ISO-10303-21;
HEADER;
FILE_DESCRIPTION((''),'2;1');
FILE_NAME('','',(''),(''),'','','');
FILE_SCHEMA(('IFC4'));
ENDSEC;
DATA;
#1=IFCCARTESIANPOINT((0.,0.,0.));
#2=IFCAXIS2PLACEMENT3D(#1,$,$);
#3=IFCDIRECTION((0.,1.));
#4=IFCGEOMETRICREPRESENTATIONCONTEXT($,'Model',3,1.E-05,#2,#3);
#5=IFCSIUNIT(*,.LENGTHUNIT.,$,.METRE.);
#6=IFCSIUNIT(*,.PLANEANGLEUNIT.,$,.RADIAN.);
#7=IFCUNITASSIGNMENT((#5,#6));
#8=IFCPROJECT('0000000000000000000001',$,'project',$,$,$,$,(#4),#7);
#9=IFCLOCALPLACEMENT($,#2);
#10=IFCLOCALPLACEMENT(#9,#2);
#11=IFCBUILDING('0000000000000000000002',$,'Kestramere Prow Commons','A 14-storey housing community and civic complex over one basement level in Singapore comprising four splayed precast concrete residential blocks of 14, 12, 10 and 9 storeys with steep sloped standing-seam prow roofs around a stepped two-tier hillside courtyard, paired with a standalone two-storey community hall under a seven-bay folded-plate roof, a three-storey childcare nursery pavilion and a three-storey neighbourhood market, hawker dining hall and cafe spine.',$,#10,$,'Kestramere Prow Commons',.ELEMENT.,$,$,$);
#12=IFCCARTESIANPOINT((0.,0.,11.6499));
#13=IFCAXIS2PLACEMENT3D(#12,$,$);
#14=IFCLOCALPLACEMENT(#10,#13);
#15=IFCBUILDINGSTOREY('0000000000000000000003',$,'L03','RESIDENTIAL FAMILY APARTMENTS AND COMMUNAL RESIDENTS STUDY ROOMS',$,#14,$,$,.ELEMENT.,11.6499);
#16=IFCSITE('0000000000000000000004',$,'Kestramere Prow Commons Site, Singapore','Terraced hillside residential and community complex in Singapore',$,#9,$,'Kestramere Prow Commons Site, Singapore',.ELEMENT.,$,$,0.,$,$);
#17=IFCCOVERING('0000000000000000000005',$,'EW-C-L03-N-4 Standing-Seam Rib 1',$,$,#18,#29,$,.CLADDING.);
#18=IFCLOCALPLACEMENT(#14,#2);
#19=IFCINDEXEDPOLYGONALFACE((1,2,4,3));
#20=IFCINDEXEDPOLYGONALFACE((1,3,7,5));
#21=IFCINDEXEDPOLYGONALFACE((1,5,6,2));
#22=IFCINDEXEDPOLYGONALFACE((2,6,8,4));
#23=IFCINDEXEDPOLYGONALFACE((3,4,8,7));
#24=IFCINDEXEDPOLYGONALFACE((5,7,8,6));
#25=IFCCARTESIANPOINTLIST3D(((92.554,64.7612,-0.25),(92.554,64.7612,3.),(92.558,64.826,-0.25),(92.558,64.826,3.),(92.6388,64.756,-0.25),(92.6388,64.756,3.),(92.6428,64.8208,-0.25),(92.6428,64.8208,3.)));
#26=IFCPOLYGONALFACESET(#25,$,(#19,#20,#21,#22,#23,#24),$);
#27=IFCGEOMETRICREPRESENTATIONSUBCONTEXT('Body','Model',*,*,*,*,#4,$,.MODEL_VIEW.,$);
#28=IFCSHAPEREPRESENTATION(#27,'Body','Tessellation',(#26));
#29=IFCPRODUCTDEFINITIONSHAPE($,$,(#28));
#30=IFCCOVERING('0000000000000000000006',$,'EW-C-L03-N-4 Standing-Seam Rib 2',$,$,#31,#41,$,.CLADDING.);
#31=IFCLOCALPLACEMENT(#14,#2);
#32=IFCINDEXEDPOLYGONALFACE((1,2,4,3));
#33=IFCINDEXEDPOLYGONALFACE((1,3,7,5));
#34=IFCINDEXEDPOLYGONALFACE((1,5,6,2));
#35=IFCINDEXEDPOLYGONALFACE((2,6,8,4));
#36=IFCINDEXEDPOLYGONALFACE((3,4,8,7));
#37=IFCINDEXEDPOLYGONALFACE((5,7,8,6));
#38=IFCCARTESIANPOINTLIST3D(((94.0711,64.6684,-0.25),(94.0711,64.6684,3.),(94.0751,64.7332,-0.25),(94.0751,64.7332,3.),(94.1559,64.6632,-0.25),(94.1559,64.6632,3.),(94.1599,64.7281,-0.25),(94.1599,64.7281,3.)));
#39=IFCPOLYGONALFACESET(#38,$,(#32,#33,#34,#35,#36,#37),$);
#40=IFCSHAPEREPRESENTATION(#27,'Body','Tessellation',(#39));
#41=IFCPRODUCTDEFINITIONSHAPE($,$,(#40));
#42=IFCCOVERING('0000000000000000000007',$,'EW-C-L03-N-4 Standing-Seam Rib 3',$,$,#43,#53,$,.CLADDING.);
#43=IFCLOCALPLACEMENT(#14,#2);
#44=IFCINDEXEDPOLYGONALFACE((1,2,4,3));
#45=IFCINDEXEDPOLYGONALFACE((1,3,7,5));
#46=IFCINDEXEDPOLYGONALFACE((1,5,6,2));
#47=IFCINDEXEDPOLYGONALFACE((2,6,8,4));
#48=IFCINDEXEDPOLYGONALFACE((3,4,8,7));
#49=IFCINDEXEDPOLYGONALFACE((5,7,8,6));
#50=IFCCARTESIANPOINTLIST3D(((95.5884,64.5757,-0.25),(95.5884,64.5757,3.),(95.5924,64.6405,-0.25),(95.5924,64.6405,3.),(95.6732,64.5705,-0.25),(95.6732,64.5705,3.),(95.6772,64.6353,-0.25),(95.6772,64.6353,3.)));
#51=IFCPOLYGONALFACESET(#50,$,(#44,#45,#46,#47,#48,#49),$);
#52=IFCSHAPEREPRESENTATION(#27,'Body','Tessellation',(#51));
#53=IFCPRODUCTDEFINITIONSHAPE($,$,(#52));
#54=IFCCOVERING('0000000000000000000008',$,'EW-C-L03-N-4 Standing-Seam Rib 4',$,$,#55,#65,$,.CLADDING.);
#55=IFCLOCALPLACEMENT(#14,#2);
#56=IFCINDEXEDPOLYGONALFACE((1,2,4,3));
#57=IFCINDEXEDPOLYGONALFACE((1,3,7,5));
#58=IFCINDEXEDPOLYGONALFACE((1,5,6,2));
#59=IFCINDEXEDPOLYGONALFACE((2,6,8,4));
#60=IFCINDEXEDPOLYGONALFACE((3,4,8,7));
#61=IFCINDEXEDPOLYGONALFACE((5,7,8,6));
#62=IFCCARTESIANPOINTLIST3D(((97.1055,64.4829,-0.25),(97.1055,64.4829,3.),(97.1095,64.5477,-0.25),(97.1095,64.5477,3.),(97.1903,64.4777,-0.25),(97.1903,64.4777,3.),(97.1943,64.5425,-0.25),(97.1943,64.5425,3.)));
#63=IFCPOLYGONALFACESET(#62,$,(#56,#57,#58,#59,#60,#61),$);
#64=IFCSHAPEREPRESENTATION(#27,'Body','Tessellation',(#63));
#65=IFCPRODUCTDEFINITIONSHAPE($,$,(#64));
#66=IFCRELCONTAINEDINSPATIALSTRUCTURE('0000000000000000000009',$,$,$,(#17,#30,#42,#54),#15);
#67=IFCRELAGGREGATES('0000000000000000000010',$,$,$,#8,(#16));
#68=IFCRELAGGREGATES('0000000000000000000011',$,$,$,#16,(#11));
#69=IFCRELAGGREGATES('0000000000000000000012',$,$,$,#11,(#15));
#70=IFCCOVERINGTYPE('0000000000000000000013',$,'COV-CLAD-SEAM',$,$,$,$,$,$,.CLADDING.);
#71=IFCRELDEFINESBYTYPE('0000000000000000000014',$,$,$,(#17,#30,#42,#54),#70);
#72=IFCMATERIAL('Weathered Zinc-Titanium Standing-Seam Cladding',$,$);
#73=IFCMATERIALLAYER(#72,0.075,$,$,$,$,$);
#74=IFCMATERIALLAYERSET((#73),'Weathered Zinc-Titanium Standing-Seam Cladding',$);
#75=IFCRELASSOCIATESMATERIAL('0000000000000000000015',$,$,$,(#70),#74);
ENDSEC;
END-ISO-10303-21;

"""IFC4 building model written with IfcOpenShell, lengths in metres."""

from ifc_helpers import new_model, si_unit, direction, frame, origin, origin_2d, place, context, subcontext, project, spatial, rectangle, extrude, material, layer, layer_set, type_object, element, save


model = new_model("IFC4")

# Units and contexts
model_context = context("Model", 3, precision=1e-05, world=origin(), true_north=direction((0.0, 1.0)))
body_context = subcontext(model_context, "Body", "Model", "MODEL_VIEW")
ifc_project = project(units=[si_unit("LENGTHUNIT", "METRE"), si_unit("PLANEANGLEUNIT", "RADIAN")], contexts=[model_context])

# Site, building, storey
site_placement = place(None, origin())
site = spatial("IfcSite", under=ifc_project, at=site_placement, Name="Kestramere Prow Commons Site, Singapore", Description="Terraced hillside residential and community complex in Singapore", LongName="Kestramere Prow Commons Site, Singapore", CompositionType="ELEMENT", RefElevation=0.0)
building_placement = place(site_placement, origin())
building = spatial("IfcBuilding", under=site, at=building_placement, Name="Kestramere Prow Commons", Description="A 14-storey housing community and civic complex over one basement level in Singapore comprising four splayed precast concrete residential blocks of 14, 12, 10 and 9 storeys with steep sloped standing-seam prow roofs around a stepped two-tier hillside courtyard, paired with a standalone two-storey community hall under a seven-bay folded-plate roof, a three-storey childcare nursery pavilion and a three-storey neighbourhood market, hawker dining hall and cafe spine.", LongName="Kestramere Prow Commons", CompositionType="ELEMENT")
storey_placement = place(building_placement, frame((0.0, 0.0, 11.6499)))
storey = spatial("IfcBuildingStorey", under=building, at=storey_placement, Name="L03", Description="RESIDENTIAL FAMILY APARTMENTS AND COMMUNAL RESIDENTS STUDY ROOMS", CompositionType="ELEMENT", Elevation=11.6499)

# Coverings
ifc_material_1 = material(Name="Weathered Zinc-Titanium Standing-Seam Cladding")
ifc_layer_1 = layer(ifc_material_1, 0.075)
ifc_layer_set_1 = layer_set([ifc_layer_1], Name="Weathered Zinc-Titanium Standing-Seam Cladding")
covering_type = type_object("IfcCoveringType", Name="COV-CLAD-SEAM", PredefinedType="CLADDING", material=ifc_layer_set_1)
for number, where, z_axis, x_axis, name in (
    (1, (92.5984, 64.791, -0.25), (0.0, 0.0, 1.0), (0.998135, -0.061049, 0.0), "EW-C-L03-N-4 Standing-Seam Rib 1"),
    (2, (94.1155, 64.6982, -0.25), (0.0, 0.0, 1.0), (0.998135, -0.061049, 0.0), "EW-C-L03-N-4 Standing-Seam Rib 2"),
    (3, (95.6328, 64.6055, -0.25), (0.0, 0.0, 1.0), (0.998135, -0.061049, 0.0), "EW-C-L03-N-4 Standing-Seam Rib 3"),
    (4, (97.1499, 64.5127, -0.25), (0.0, 0.0, 1.0), (0.998135, -0.061049, 0.0), "EW-C-L03-N-4 Standing-Seam Rib 4"),
):
    element("IfcCovering", number, at=place(storey_placement, frame(where, z_axis=z_axis, x_axis=x_axis)), inside=storey, type_object=covering_type, Name=name, PredefinedType="CLADDING", context=body_context, shape_type="SweptSolid", body=[
        extrude(rectangle(XDim=0.085, YDim=0.0649, at=origin_2d()), origin(), (0.0, 0.0, 1.0), 3.25),
    ])

save(model, "model.ifc")
